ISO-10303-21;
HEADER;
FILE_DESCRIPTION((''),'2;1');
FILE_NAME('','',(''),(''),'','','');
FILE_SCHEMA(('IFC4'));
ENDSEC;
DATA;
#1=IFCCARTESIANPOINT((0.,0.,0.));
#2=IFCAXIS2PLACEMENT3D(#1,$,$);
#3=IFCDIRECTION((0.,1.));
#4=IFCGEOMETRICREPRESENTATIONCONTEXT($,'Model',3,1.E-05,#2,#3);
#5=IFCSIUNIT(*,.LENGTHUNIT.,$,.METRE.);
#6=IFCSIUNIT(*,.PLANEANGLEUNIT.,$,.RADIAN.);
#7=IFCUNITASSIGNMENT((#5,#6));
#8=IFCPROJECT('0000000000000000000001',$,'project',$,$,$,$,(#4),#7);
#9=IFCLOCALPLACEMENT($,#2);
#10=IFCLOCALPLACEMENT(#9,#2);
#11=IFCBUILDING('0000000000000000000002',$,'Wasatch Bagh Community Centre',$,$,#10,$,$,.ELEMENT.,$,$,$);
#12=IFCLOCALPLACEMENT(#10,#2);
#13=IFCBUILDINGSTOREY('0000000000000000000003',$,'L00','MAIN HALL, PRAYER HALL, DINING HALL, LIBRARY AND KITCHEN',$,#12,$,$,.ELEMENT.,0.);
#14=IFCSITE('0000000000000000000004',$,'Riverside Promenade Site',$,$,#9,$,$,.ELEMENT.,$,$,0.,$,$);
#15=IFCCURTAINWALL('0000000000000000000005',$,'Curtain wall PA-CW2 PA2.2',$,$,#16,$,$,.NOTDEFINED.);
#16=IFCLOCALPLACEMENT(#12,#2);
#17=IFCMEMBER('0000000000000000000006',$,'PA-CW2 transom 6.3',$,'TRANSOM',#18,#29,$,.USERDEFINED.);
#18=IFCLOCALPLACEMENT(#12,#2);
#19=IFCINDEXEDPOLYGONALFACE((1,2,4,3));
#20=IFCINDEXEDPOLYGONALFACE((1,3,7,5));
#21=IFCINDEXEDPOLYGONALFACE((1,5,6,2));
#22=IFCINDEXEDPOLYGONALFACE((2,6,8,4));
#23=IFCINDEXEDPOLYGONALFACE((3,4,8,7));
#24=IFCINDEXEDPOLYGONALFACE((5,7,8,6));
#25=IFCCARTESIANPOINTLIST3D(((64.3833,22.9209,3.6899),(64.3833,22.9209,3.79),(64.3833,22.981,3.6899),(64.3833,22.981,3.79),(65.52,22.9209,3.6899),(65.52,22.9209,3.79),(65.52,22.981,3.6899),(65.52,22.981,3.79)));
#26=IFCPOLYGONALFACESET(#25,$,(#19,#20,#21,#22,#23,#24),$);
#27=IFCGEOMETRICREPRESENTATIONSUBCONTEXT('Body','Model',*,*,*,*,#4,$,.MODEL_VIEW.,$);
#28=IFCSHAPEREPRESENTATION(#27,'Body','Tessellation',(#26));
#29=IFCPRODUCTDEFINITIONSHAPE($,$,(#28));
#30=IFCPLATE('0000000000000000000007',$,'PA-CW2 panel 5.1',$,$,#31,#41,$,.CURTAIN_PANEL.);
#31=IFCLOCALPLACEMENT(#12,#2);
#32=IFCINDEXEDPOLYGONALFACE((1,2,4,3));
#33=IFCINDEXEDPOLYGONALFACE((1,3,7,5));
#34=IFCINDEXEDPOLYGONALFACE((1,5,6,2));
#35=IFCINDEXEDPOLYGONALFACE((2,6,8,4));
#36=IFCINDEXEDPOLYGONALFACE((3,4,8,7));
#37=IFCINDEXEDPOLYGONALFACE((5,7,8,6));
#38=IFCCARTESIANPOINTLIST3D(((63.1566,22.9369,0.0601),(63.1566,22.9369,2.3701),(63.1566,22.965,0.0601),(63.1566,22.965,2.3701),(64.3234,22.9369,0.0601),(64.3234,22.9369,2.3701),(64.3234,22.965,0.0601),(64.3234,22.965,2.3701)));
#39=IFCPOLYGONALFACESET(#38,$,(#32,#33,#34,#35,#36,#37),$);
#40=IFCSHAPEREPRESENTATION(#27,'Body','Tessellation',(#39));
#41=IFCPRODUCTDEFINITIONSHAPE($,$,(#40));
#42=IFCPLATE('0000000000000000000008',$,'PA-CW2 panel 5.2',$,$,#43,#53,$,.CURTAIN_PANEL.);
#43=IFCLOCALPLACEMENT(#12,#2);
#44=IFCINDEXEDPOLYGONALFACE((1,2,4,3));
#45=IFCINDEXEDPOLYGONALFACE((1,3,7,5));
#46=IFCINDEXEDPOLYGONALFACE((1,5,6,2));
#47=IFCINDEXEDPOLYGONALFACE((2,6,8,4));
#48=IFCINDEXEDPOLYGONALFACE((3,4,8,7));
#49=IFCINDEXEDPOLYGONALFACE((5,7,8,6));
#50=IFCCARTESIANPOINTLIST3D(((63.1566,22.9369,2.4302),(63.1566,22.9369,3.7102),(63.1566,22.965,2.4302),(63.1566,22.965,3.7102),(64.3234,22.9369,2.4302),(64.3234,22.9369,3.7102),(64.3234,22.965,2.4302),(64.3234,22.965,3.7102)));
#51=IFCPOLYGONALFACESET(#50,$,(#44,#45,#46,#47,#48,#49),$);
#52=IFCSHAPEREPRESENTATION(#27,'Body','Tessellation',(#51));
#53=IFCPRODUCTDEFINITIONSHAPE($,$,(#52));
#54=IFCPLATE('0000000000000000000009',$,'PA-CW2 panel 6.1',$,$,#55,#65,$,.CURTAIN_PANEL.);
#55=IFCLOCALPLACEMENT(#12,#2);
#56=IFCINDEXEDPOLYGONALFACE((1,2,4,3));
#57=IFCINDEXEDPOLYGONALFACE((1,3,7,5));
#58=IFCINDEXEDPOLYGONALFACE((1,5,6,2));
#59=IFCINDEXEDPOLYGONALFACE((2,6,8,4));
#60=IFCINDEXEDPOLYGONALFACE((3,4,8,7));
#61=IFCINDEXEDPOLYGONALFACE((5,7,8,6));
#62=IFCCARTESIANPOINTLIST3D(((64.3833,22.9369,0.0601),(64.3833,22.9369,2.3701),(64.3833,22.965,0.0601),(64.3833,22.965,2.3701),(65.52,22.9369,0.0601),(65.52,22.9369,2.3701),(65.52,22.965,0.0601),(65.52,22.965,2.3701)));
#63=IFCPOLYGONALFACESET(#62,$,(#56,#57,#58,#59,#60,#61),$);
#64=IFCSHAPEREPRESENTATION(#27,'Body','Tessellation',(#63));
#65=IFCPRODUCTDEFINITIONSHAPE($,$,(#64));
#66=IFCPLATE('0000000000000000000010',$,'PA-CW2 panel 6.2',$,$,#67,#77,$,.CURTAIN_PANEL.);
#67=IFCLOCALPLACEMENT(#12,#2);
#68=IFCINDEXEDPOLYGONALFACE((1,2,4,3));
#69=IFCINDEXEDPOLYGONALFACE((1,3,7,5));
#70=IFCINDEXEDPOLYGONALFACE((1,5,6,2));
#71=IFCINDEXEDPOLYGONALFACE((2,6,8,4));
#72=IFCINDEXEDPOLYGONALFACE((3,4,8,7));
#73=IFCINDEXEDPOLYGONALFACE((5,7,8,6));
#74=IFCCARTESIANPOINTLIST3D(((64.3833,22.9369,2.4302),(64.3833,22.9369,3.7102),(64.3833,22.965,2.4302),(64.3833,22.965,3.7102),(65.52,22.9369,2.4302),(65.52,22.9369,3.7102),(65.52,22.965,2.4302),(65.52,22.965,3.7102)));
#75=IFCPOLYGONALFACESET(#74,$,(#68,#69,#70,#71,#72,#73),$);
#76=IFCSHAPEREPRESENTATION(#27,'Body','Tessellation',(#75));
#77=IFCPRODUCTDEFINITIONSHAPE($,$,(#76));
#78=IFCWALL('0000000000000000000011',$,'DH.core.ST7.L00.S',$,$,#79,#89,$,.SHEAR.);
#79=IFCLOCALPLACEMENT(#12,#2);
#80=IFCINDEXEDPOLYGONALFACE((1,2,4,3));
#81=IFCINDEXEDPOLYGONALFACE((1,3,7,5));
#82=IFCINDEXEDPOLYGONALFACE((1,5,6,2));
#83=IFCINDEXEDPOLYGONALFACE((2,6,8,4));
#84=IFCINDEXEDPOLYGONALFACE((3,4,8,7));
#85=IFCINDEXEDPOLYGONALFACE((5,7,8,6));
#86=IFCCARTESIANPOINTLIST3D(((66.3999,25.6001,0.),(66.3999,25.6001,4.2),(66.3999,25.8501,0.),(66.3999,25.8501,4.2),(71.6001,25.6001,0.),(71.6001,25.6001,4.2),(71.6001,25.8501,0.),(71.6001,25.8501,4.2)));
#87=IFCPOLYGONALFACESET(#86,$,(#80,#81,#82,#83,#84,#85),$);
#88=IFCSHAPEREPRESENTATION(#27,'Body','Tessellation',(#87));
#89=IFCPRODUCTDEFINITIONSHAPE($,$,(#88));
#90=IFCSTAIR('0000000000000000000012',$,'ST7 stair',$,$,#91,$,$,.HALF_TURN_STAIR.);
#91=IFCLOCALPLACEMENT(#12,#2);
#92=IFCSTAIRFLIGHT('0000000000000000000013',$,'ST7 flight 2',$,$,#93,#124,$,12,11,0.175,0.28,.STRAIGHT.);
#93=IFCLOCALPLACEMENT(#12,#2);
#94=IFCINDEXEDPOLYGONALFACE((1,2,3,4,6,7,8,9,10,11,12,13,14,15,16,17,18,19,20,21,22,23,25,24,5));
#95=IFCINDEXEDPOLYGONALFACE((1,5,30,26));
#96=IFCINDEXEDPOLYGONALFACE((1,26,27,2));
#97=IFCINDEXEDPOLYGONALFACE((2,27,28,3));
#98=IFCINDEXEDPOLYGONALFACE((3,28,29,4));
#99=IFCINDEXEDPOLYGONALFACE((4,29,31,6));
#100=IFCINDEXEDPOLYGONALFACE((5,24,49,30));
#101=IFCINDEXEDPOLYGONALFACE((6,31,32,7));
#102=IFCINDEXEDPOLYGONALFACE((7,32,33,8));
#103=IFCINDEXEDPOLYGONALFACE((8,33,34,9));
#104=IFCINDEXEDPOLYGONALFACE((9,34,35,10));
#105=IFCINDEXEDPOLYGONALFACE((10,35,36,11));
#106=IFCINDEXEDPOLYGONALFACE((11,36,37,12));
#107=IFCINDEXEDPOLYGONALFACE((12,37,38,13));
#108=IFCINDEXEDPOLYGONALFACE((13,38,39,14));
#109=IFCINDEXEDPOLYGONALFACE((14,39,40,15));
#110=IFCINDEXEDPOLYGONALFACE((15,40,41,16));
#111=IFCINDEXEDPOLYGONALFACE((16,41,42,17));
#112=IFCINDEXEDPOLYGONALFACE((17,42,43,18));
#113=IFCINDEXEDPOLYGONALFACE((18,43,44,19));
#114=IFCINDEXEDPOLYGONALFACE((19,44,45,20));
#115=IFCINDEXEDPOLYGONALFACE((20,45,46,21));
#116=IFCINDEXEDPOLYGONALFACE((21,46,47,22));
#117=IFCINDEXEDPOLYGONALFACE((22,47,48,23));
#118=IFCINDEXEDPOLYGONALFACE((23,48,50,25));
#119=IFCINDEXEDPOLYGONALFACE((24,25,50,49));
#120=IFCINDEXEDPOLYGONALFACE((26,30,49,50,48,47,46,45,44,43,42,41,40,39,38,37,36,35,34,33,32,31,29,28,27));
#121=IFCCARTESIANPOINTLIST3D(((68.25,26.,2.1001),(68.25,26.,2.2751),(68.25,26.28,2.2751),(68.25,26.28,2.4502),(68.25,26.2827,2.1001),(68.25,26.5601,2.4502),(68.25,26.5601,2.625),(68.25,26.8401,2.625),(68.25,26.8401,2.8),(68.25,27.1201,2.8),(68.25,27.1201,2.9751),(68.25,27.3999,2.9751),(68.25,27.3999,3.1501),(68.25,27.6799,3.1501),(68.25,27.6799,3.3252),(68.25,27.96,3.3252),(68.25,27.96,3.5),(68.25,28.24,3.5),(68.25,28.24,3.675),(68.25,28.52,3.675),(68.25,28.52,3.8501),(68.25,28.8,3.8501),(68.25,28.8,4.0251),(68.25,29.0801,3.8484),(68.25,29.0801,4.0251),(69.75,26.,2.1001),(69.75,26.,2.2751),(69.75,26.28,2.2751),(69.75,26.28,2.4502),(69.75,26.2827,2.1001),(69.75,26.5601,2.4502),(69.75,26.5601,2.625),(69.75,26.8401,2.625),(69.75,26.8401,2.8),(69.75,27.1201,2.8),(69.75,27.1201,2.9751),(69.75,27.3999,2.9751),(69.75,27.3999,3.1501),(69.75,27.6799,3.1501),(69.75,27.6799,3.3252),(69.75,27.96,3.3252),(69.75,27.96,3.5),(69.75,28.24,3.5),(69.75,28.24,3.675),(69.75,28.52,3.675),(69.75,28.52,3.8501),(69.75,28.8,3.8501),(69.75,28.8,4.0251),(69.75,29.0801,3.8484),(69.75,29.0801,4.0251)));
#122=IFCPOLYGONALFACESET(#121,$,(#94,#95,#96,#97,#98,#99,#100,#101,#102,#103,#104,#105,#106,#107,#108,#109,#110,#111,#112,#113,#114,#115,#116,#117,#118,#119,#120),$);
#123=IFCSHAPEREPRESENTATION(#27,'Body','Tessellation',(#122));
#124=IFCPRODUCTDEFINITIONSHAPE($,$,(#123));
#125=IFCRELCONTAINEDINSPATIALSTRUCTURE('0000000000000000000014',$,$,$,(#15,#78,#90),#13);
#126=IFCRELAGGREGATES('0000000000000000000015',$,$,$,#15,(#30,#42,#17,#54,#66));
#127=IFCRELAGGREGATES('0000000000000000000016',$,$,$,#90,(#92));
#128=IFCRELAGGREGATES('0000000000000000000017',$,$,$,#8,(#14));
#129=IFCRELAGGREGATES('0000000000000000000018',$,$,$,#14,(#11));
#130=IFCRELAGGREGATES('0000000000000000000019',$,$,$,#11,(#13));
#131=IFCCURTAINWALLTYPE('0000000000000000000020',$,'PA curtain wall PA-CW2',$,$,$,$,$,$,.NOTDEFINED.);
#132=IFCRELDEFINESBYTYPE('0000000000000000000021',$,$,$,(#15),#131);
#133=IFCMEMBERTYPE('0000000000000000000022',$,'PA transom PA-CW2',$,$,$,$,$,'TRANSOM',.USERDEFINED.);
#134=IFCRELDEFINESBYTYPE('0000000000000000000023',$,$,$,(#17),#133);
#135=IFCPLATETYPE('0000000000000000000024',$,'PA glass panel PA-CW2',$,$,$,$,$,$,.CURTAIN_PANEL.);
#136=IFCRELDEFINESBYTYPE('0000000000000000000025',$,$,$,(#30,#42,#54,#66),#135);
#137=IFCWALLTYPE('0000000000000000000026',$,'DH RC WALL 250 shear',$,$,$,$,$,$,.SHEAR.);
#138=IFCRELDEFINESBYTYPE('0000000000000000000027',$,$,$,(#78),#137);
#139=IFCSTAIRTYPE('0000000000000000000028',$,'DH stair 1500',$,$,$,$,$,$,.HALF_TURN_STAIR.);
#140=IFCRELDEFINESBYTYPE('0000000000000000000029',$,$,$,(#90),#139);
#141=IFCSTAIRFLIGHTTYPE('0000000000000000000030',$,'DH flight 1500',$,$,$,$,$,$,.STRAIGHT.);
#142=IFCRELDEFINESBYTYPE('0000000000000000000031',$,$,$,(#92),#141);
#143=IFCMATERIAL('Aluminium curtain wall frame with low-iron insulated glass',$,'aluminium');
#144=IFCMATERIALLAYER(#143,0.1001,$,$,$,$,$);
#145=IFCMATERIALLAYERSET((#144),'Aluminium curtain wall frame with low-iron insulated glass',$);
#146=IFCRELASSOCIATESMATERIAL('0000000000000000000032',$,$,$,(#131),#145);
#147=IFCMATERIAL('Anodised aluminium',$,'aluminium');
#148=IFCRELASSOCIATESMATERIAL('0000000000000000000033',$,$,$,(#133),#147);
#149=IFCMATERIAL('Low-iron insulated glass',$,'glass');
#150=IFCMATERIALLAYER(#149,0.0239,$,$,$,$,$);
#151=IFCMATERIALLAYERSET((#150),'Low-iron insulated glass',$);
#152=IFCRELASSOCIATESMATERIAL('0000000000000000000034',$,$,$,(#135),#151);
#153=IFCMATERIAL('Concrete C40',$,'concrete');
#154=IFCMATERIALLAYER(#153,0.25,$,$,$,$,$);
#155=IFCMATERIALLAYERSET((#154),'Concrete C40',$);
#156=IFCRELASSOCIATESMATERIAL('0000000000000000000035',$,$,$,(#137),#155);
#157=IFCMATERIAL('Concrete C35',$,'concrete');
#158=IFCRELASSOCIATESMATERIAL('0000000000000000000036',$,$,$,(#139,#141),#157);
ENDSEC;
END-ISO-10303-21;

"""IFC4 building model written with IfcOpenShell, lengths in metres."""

from ifc_helpers import new_model, si_unit, direction, frame, frame_2d, origin, origin_2d, place, context, subcontext, project, spatial, polyline, rectangle, outline, extrude, material, layer, layer_set, material_profile, profile_set, type_object, element, aggregate, save


model = new_model("IFC4")

# Units and contexts
model_context = context("Model", 3, precision=1e-05, world=origin(), true_north=direction((0.0, 1.0)))
body_context = subcontext(model_context, "Body", "Model", "MODEL_VIEW")
ifc_project = project(units=[si_unit("LENGTHUNIT", "METRE"), si_unit("PLANEANGLEUNIT", "RADIAN")], contexts=[model_context])

# Site, building, storey
site_placement = place(None, origin())
site = spatial("IfcSite", under=ifc_project, at=site_placement, Name="Riverside Promenade Site", CompositionType="ELEMENT", RefElevation=0.0)
building_placement = place(site_placement, origin())
building = spatial("IfcBuilding", under=site, at=building_placement, Name="Wasatch Bagh Community Centre", CompositionType="ELEMENT")
storey_placement = place(building_placement, origin())
storey = spatial("IfcBuildingStorey", under=building, at=storey_placement, Name="L00", Description="MAIN HALL, PRAYER HALL, DINING HALL, LIBRARY AND KITCHEN", CompositionType="ELEMENT", Elevation=0.0)

# Shared definitions
ifc_material_1 = material(Name="Concrete C35", Category="concrete")

# Curtain wall, member, plates
ifc_material_2 = material(Name="Aluminium curtain wall frame with low-iron insulated glass", Category="aluminium")
ifc_layer_1 = layer(ifc_material_2, 0.1001)
ifc_layer_set_1 = layer_set([ifc_layer_1], Name="Aluminium curtain wall frame with low-iron insulated glass")
curtain_wall_type = type_object("IfcCurtainWallType", Name="PA curtain wall PA-CW2", PredefinedType="NOTDEFINED", material=ifc_layer_set_1)
curtain_wall_placement = place(storey_placement, origin())
curtain_wall = element("IfcCurtainWall", 1, at=curtain_wall_placement, inside=storey, type_object=curtain_wall_type, Name="Curtain wall PA-CW2 PA2.2", PredefinedType="NOTDEFINED")
ifc_material_3 = material(Name="Anodised aluminium", Category="aluminium")
ifc_material_profile_1 = material_profile(ifc_material_3, rectangle(XDim=0.0601, YDim=0.1001, at=origin_2d()), Name="PA transom PA-CW2")
ifc_profile_set_1 = profile_set([ifc_material_profile_1], Name="Anodised aluminium")
member_type_1 = type_object("IfcMemberType", Name="PA transom PA-CW2", ElementType="TRANSOM", PredefinedType="USERDEFINED", material=ifc_profile_set_1)
member_1_placement = place(storey_placement, frame((64.3833, 22.9509, 3.74), z_axis=(1.0, 0.0, 0.0), x_axis=(0.0, 1.0, 0.0)))
member_1 = element("IfcMember", 2, at=member_1_placement, type_object=member_type_1, Name="PA-CW2 transom 6.3", ObjectType="TRANSOM", PredefinedType="USERDEFINED", context=body_context, shape_type="SweptSolid", body=[
    extrude(rectangle(XDim=0.0601, YDim=0.1001, at=origin_2d()), origin(), (0.0, 0.0, 1.0), 1.1367),
])
ifc_material_4 = material(Name="Low-iron insulated glass", Category="glass")
ifc_layer_2 = layer(ifc_material_4, 0.0239)
ifc_layer_set_2 = layer_set([ifc_layer_2], Name="Low-iron insulated glass")
plate_type = type_object("IfcPlateType", Name="PA glass panel PA-CW2", PredefinedType="CURTAIN_PANEL", material=ifc_layer_set_2)
plate_1_placement = place(storey_placement, frame((63.74, 22.9509, 0.0601), z_axis=(0.0, 0.0, 1.0), x_axis=(1.0, 0.0, 0.0)))
plate_1 = element("IfcPlate", 3, at=plate_1_placement, type_object=plate_type, Name="PA-CW2 panel 5.1", PredefinedType="CURTAIN_PANEL", context=body_context, shape_type="SweptSolid", body=[
    extrude(rectangle(XDim=1.1667, YDim=0.0281, at=origin_2d()), origin(), (0.0, 0.0, 1.0), 2.3101),
])
plate_2_placement = place(storey_placement, frame((63.74, 22.9509, 2.4302), z_axis=(0.0, 0.0, 1.0), x_axis=(1.0, 0.0, 0.0)))
plate_2 = element("IfcPlate", 4, at=plate_2_placement, type_object=plate_type, Name="PA-CW2 panel 5.2", PredefinedType="CURTAIN_PANEL", context=body_context, shape_type="SweptSolid", body=[
    extrude(rectangle(XDim=1.1667, YDim=0.0281, at=origin_2d()), origin(), (0.0, 0.0, 1.0), 1.28),
])
plate_3_placement = place(storey_placement, frame((64.9517, 22.9509, 0.0601), z_axis=(0.0, 0.0, 1.0), x_axis=(1.0, 0.0, 0.0)))
plate_3 = element("IfcPlate", 5, at=plate_3_placement, type_object=plate_type, Name="PA-CW2 panel 6.1", PredefinedType="CURTAIN_PANEL", context=body_context, shape_type="SweptSolid", body=[
    extrude(rectangle(XDim=1.1367, YDim=0.0281, at=origin_2d()), origin(), (0.0, 0.0, 1.0), 2.3101),
])
plate_4_placement = place(storey_placement, frame((64.9517, 22.9509, 2.4302), z_axis=(0.0, 0.0, 1.0), x_axis=(1.0, 0.0, 0.0)))
plate_4 = element("IfcPlate", 6, at=plate_4_placement, type_object=plate_type, Name="PA-CW2 panel 6.2", PredefinedType="CURTAIN_PANEL", context=body_context, shape_type="SweptSolid", body=[
    extrude(rectangle(XDim=1.1367, YDim=0.0281, at=origin_2d()), origin(), (0.0, 0.0, 1.0), 1.28),
])
aggregate(curtain_wall, [plate_1, plate_2, member_1, plate_3, plate_4])

# Wall
ifc_material_5 = material(Name="Concrete C40", Category="concrete")
ifc_layer_3 = layer(ifc_material_5, 0.25)
ifc_layer_set_3 = layer_set([ifc_layer_3], Name="Concrete C40")
wall_type = type_object("IfcWallType", Name="DH RC WALL 250 shear", PredefinedType="SHEAR", material=ifc_layer_set_3)
wall_placement = place(storey_placement, frame((66.3999, 25.7251, 0.0), z_axis=(0.0, 0.0, 1.0), x_axis=(1.0, 0.0, 0.0)))
element("IfcWall", 7, at=wall_placement, inside=storey, type_object=wall_type, Name="DH.core.ST7.L00.S", PredefinedType="SHEAR", context=body_context, shape_type="SweptSolid", body=[
    extrude(rectangle(XDim=5.2002, YDim=0.25, at=frame_2d((2.6001, 0.0))), origin(), (0.0, 0.0, 1.0), 4.2),
])

# Stair, stair flight
stair_type = type_object("IfcStairType", Name="DH stair 1500", PredefinedType="HALF_TURN_STAIR", material=ifc_material_1)
stair_placement = place(storey_placement, origin())
stair = element("IfcStair", 8, at=stair_placement, inside=storey, type_object=stair_type, Name="ST7 stair", PredefinedType="HALF_TURN_STAIR")
stair_flight_type = type_object("IfcStairFlightType", Name="DH flight 1500", PredefinedType="STRAIGHT", material=ifc_material_1)
stair_flight_placement = place(storey_placement, frame((69.0, 26.0, 2.1001), z_axis=(0.0, 0.0, 1.0), x_axis=(0.0, 1.0, 0.0)))
stair_flight = element("IfcStairFlight", 9, at=stair_flight_placement, type_object=stair_flight_type, Name="ST7 flight 2", NumberOfRisers=12, NumberOfTreads=11, PredefinedType="STRAIGHT", RiserHeight=0.175, TreadLength=0.28, context=body_context, shape_type="SweptSolid", body=[
    extrude(outline(polyline([(0.0, 0.0), (0.0, 0.175), (0.28, 0.175), (0.28, 0.3501), (0.5601, 0.3501), (0.5601, 0.5249), (0.8401, 0.5249), (0.8401, 0.7), (1.1201, 0.7), (1.1201, 0.875), (1.3999, 0.875), (1.3999, 1.05), (1.6799, 1.05), (1.6799, 1.2251), (1.96, 1.2251), (1.96, 1.3999), (2.24, 1.3999), (2.24, 1.575), (2.52, 1.575), (2.52, 1.75), (2.8, 1.75), (2.8, 1.925), (3.0801, 1.925), (3.0801, 2.1001), (3.0801, 1.7483), (0.2827, 0.0), (0.0, 0.0)])), frame((0.0, 0.75, 0.0), z_axis=(0.0, -1.0, 0.0), x_axis=(1.0, 0.0, 0.0)), (0.0, 0.0, 1.0), 1.5),
])
aggregate(stair, [stair_flight])

save(model, "model.ifc")
